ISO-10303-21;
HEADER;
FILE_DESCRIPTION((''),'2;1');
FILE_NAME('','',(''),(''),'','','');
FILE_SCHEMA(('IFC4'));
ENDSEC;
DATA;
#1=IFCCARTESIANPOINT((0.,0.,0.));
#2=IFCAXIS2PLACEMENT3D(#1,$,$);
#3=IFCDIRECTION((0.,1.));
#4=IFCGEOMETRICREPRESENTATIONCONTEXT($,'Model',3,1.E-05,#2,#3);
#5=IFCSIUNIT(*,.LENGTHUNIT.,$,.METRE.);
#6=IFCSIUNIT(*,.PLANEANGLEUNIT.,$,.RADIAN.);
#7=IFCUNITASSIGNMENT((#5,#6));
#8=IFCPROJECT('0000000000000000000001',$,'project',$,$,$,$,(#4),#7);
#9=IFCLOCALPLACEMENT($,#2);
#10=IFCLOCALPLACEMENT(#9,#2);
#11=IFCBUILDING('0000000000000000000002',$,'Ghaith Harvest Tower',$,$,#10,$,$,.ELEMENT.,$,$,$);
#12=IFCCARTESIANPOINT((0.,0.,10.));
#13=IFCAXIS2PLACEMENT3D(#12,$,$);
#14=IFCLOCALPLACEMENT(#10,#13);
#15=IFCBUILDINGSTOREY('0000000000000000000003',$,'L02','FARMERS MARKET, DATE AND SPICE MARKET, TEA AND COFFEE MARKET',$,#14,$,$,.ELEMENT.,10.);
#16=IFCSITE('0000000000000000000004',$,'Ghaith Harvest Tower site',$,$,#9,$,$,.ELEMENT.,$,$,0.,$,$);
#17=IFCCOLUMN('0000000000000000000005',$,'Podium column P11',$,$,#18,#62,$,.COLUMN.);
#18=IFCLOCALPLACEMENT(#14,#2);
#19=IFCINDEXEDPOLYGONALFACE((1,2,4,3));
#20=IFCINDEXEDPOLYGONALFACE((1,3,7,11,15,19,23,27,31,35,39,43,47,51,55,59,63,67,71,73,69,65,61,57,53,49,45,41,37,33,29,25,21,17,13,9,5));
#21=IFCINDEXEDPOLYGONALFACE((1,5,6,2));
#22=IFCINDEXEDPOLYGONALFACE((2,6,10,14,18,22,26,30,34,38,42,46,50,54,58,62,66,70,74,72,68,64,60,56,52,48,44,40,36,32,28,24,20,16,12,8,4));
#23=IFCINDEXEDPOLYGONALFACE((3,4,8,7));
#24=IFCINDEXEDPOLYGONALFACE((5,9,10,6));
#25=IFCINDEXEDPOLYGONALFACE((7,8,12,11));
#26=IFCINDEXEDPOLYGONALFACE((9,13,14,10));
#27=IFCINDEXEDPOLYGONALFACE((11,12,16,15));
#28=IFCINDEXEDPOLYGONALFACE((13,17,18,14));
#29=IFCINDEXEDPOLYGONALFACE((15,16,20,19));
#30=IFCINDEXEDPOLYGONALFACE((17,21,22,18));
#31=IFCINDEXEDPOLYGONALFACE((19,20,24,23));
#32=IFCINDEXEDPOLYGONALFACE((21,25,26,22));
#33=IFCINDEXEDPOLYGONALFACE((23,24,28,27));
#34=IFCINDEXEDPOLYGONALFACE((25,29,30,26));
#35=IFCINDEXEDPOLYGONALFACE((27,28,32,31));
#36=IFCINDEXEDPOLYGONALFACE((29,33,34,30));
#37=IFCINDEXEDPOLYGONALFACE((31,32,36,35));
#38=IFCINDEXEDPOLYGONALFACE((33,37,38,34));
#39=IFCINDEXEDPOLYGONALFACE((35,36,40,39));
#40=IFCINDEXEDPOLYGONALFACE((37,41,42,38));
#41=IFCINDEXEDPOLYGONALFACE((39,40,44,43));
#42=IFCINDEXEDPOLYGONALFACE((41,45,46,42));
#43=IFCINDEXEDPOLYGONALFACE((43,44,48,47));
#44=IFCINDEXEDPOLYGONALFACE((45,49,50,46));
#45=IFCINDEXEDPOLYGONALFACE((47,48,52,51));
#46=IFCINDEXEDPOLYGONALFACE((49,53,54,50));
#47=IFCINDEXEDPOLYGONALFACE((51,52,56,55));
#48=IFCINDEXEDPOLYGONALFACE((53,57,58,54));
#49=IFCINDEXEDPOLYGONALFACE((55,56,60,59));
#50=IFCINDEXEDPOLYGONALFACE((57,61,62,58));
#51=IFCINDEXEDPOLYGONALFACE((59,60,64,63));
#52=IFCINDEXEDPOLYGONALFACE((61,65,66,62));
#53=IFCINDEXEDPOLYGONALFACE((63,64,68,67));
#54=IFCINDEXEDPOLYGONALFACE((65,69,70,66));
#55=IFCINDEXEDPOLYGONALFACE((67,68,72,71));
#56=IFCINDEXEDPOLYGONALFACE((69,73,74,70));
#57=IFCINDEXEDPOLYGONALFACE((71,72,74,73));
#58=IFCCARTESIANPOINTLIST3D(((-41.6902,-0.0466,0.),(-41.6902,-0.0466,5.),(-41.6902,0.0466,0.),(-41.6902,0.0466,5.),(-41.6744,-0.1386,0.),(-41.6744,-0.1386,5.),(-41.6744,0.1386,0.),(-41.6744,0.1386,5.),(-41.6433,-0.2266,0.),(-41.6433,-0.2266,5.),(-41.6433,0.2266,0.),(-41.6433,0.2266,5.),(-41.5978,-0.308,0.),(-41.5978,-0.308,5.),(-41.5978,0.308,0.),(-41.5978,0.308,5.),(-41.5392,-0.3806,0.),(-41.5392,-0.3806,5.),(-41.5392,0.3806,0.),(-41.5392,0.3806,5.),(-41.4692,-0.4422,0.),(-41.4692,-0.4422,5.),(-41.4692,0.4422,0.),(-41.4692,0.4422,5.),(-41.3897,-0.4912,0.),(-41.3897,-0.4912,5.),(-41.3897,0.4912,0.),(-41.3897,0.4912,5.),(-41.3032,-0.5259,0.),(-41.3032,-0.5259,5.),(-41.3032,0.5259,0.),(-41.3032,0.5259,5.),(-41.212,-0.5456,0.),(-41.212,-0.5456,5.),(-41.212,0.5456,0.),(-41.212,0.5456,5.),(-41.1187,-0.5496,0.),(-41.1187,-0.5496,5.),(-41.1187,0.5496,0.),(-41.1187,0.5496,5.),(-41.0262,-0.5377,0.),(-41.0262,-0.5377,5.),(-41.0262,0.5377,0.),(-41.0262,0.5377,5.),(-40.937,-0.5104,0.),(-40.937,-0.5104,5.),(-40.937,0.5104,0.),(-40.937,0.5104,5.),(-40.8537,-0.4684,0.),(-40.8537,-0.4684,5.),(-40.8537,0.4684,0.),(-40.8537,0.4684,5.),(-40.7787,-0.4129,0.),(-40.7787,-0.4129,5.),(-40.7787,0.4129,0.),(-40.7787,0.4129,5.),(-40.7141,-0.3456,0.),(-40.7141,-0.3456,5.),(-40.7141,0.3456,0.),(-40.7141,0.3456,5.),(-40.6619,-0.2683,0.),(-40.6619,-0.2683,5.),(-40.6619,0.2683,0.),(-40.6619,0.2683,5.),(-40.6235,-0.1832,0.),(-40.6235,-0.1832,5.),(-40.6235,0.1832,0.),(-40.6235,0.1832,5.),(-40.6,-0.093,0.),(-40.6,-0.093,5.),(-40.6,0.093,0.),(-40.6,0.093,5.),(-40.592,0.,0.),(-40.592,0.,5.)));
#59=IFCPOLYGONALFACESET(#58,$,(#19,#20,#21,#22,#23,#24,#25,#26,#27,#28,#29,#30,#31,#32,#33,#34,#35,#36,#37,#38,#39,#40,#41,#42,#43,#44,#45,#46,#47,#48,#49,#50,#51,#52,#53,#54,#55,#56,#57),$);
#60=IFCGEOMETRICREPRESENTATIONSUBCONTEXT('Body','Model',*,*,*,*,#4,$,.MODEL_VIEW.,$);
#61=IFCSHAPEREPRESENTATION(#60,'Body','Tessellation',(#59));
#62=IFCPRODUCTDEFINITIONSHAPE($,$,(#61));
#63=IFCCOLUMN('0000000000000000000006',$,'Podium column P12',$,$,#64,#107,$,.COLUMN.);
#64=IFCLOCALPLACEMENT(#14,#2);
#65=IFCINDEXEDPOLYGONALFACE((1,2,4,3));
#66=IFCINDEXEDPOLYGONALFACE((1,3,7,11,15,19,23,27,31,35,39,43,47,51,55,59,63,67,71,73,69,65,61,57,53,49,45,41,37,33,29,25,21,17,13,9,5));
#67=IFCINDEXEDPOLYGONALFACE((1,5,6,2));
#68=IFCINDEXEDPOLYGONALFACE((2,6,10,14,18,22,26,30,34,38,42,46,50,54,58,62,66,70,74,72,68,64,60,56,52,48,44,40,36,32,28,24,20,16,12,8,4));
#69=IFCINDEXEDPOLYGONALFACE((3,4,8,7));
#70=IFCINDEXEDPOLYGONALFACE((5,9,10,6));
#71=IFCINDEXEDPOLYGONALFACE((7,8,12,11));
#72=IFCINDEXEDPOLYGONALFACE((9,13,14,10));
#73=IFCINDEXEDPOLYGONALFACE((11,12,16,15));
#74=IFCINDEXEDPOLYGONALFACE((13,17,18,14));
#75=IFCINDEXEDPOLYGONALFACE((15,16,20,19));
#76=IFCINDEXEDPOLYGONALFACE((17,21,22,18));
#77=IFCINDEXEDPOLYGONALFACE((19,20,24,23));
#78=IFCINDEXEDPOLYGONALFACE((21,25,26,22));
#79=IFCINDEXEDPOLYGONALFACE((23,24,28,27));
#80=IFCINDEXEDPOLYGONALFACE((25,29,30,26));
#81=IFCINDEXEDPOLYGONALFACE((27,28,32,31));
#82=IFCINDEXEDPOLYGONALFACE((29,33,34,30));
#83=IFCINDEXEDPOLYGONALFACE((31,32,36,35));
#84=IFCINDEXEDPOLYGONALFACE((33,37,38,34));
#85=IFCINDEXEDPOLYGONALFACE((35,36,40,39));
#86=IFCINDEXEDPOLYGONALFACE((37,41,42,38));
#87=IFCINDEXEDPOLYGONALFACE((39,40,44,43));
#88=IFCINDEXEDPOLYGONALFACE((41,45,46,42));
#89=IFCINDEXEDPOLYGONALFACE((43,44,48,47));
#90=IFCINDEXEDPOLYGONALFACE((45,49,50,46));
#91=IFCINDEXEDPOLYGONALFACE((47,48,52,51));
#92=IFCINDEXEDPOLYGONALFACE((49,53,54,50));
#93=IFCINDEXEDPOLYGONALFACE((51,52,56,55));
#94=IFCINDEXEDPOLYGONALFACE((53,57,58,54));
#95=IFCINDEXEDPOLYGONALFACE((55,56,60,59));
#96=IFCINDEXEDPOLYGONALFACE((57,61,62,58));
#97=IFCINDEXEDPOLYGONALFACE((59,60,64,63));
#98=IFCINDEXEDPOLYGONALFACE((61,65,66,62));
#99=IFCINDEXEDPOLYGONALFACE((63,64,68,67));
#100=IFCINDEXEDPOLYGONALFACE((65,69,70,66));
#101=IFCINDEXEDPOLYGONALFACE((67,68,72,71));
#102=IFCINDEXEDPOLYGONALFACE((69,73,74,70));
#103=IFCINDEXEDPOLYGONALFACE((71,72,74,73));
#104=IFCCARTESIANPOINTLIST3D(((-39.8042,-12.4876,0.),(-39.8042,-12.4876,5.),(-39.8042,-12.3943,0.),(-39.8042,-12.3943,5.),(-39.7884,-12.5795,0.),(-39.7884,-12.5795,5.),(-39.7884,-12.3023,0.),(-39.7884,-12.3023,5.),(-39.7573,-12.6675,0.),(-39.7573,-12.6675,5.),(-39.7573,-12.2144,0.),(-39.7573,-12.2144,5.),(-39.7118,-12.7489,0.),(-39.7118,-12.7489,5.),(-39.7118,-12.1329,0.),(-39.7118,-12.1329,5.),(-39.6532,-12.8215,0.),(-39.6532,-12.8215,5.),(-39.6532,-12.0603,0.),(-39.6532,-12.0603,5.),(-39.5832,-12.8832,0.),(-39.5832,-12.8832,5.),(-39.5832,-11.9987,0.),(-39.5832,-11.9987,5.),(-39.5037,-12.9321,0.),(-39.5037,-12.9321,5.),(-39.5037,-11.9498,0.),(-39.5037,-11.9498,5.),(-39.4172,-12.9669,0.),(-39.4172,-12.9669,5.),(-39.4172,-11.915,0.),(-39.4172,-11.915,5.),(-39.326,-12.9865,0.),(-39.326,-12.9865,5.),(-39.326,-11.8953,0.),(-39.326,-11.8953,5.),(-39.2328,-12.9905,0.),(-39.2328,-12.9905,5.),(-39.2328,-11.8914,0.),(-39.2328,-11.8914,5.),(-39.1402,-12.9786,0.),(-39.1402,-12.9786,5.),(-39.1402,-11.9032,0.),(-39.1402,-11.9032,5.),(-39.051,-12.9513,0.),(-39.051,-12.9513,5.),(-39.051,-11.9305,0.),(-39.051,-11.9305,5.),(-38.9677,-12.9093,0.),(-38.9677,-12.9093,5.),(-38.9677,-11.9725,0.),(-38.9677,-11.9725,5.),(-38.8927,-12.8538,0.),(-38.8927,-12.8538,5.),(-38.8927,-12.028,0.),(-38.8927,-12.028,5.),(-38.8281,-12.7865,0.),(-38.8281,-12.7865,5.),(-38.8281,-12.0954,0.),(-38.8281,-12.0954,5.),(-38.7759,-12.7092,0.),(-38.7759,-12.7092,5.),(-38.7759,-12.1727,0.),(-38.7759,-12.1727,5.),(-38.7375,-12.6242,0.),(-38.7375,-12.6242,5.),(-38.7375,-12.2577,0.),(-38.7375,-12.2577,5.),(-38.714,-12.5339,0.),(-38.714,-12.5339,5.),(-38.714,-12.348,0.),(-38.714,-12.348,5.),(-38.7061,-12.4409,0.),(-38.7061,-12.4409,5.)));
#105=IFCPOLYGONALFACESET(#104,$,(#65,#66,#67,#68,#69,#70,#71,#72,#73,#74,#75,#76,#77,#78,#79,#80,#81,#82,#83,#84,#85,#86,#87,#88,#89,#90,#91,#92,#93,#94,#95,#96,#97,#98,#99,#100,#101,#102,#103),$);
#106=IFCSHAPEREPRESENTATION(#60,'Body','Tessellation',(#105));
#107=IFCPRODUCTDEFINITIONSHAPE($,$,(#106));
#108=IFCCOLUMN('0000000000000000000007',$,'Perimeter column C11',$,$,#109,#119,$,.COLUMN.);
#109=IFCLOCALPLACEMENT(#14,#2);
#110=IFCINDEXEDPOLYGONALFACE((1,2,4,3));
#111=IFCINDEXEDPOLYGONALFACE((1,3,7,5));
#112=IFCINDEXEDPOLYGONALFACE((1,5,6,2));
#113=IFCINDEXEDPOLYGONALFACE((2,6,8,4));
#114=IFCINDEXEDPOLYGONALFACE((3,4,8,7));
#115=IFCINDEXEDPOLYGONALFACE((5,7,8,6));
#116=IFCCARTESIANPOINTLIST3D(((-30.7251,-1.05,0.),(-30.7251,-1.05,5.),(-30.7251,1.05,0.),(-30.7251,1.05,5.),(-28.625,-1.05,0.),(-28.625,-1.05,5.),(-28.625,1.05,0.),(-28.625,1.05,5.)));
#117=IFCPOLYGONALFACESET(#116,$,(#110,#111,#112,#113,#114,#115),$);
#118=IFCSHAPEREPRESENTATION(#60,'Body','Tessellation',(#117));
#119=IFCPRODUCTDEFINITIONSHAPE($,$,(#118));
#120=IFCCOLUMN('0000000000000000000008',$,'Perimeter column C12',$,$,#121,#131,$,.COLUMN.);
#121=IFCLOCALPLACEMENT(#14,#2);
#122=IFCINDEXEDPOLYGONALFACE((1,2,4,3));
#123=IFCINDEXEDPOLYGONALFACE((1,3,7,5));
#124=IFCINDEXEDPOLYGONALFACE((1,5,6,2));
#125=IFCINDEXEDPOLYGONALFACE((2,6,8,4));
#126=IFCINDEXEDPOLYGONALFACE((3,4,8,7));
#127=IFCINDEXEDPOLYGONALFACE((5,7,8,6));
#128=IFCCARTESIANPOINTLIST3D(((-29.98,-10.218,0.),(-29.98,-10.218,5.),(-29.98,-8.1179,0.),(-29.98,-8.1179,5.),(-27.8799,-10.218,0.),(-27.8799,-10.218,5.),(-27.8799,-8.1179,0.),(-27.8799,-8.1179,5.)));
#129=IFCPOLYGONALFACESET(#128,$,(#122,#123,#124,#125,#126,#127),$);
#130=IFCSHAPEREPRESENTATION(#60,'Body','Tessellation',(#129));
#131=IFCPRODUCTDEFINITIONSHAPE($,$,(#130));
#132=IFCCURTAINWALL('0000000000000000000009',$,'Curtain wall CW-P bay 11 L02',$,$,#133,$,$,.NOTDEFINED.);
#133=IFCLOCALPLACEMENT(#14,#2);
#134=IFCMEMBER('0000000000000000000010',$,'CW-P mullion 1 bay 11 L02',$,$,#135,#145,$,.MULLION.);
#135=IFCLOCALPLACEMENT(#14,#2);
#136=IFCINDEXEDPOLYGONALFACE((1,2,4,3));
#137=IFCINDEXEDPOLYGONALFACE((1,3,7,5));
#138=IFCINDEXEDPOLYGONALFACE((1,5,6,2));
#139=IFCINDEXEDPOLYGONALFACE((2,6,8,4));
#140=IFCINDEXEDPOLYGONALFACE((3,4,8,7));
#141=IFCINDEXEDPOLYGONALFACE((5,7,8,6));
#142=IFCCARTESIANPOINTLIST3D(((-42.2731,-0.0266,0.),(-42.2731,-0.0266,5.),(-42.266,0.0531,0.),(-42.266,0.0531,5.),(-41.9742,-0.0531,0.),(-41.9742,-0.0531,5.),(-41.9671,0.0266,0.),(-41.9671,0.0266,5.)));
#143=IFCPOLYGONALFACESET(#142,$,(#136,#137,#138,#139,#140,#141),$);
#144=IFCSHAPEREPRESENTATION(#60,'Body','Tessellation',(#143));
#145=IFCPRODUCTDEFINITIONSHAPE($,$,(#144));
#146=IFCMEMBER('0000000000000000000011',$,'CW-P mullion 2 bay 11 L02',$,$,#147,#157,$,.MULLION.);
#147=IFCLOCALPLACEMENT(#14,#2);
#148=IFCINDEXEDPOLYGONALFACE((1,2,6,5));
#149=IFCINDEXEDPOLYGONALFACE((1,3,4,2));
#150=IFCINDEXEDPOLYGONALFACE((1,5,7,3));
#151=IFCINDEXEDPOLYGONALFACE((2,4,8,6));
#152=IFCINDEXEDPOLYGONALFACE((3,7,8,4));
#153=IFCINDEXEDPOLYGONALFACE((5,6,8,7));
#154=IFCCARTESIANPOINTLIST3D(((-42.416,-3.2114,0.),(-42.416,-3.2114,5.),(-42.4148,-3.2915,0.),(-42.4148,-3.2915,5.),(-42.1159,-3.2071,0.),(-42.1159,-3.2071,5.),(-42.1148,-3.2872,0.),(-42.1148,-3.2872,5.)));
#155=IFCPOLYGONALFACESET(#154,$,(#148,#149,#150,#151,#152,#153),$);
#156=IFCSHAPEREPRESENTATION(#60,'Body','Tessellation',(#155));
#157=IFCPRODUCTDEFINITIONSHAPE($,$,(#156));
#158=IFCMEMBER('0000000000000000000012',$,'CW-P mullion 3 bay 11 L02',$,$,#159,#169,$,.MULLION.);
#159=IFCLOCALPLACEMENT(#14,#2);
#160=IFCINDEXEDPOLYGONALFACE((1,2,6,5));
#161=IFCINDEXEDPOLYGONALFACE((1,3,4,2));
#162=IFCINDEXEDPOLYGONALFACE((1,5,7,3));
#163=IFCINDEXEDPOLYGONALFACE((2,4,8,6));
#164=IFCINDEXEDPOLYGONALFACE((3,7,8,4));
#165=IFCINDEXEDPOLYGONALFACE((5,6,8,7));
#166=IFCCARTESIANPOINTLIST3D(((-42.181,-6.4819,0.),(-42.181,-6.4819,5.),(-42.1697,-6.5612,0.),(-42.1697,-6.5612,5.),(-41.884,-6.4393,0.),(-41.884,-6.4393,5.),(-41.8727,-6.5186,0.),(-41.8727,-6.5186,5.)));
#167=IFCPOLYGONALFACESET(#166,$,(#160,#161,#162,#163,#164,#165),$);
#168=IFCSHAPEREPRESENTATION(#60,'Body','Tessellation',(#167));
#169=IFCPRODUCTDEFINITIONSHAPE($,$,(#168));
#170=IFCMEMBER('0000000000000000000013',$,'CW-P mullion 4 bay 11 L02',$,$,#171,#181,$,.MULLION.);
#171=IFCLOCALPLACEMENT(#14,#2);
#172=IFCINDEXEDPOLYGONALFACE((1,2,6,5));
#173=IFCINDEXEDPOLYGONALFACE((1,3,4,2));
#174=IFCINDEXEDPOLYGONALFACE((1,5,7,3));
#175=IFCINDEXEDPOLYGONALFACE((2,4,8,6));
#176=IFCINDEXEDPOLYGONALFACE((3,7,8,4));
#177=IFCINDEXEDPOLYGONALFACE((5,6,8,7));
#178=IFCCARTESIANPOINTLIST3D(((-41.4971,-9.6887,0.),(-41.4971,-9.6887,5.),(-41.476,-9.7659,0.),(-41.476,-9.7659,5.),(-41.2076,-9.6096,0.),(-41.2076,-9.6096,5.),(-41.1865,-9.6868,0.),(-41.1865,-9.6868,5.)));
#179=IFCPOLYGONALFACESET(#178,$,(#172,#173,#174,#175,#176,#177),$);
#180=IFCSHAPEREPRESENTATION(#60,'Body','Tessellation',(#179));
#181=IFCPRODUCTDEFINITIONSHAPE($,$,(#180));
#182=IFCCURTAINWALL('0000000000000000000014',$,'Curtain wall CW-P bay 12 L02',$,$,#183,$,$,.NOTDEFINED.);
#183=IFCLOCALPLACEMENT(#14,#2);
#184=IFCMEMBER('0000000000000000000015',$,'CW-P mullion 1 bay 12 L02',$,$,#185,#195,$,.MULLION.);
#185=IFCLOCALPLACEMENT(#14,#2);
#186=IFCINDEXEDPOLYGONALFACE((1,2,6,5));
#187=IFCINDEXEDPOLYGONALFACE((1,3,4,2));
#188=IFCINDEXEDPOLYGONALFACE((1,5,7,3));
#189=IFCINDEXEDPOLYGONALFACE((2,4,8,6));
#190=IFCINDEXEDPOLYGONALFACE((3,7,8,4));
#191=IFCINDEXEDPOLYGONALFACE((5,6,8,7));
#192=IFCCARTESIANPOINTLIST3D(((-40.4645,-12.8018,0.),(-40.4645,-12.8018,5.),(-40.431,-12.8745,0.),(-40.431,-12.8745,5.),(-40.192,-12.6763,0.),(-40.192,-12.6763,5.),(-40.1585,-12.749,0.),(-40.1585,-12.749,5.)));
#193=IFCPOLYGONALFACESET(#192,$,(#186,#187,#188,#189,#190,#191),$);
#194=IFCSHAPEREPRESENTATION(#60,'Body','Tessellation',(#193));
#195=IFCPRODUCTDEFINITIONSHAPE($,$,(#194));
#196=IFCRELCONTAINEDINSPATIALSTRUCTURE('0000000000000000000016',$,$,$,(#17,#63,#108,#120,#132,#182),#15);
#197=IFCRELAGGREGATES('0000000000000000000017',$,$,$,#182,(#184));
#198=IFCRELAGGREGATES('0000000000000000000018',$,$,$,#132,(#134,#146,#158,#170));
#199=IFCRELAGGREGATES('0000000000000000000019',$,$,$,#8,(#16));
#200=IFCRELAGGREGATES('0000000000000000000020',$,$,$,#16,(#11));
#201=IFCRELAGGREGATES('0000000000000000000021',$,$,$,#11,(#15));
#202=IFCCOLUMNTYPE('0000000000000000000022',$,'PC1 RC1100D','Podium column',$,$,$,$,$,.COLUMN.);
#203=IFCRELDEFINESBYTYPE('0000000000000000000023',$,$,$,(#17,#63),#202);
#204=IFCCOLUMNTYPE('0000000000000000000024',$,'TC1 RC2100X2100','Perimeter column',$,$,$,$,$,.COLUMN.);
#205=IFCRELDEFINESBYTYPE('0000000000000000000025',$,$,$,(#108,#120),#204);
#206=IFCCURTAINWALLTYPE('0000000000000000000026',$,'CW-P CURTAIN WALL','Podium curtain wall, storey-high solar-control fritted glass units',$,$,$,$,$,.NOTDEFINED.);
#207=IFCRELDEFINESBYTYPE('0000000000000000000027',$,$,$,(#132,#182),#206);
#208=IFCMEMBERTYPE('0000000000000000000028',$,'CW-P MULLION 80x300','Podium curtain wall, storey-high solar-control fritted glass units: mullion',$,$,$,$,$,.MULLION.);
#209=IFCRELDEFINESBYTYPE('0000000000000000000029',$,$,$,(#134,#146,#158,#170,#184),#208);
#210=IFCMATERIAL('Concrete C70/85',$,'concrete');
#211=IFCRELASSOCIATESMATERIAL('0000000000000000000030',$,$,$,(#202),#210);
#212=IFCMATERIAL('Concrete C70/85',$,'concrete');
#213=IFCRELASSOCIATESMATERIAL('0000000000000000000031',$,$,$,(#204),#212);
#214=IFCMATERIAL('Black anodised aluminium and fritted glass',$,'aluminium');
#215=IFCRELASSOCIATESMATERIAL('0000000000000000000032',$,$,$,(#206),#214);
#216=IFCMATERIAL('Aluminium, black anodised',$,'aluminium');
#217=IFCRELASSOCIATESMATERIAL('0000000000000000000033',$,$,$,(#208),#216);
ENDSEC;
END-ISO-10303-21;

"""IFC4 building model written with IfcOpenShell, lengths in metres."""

from ifc_helpers import new_model, si_unit, direction, frame, origin, origin_2d, place, context, subcontext, project, spatial, rectangle, circle, extrude, material, material_profile, profile_set, type_object, element, aggregate, save


model = new_model("IFC4")

# Units and contexts
model_context = context("Model", 3, precision=1e-05, world=origin(), true_north=direction((0.0, 1.0)))
body_context = subcontext(model_context, "Body", "Model", "MODEL_VIEW")
ifc_project = project(units=[si_unit("LENGTHUNIT", "METRE"), si_unit("PLANEANGLEUNIT", "RADIAN")], contexts=[model_context])

# Site, building, storey
site_placement = place(None, origin())
site = spatial("IfcSite", under=ifc_project, at=site_placement, Name="Ghaith Harvest Tower site", CompositionType="ELEMENT", RefElevation=0.0)
building_placement = place(site_placement, origin())
building = spatial("IfcBuilding", under=site, at=building_placement, Name="Ghaith Harvest Tower", CompositionType="ELEMENT")
storey_placement = place(building_placement, frame((0.0, 0.0, 10.0)))
storey = spatial("IfcBuildingStorey", under=building, at=storey_placement, Name="L02", Description="FARMERS MARKET, DATE AND SPICE MARKET, TEA AND COFFEE MARKET", CompositionType="ELEMENT", Elevation=10.0)

# Columns
ifc_material_1 = material(Name="Concrete C70/85", Category="concrete")
ifc_material_profile_1 = material_profile(ifc_material_1, circle(Radius=0.55, at=origin_2d()), Name="RC1100D")
ifc_profile_set_1 = profile_set([ifc_material_profile_1], Name="Concrete C70/85")
column_type_1 = type_object("IfcColumnType", Name="PC1 RC1100D", Description="Podium column", PredefinedType="COLUMN", material=ifc_profile_set_1)
for number, where, z_axis, x_axis, name in (
    (1, (-41.1421, 0.0, 0.0), (0.0, 0.0, 1.0), (1.0, 0.0, 0.0), "Podium column P11"),
    (2, (-39.2561, -12.4409, 0.0), (0.0, 0.0, 1.0), (1.0, 0.0, 0.0), "Podium column P12"),
):
    element("IfcColumn", number, at=place(storey_placement, frame(where, z_axis=z_axis, x_axis=x_axis)), inside=storey, type_object=column_type_1, Name=name, PredefinedType="COLUMN", context=body_context, shape_type="SweptSolid", body=[
        extrude(circle(Radius=0.55, at=origin_2d()), origin(), (0.0, 0.0, 1.0), 5.0),
    ])
ifc_material_2 = material(Name="Concrete C70/85", Category="concrete")
ifc_material_profile_2 = material_profile(ifc_material_2, rectangle(XDim=2.1001, YDim=2.1001, at=origin_2d()), Name="RC2100X2100")
ifc_profile_set_2 = profile_set([ifc_material_profile_2], Name="Concrete C70/85")
column_type_2 = type_object("IfcColumnType", Name="TC1 RC2100X2100", Description="Perimeter column", PredefinedType="COLUMN", material=ifc_profile_set_2)
for number, where, z_axis, x_axis, name in (
    (3, (-29.675, 0.0, 0.0), (0.0, 0.0, 1.0), (1.0, 0.0, 0.0), "Perimeter column C11"),
    (4, (-28.9299, -9.168, 0.0), (0.0, 0.0, 1.0), (1.0, 0.0, 0.0), "Perimeter column C12"),
):
    element("IfcColumn", number, at=place(storey_placement, frame(where, z_axis=z_axis, x_axis=x_axis)), inside=storey, type_object=column_type_2, Name=name, PredefinedType="COLUMN", context=body_context, shape_type="SweptSolid", body=[
        extrude(rectangle(XDim=2.1001, YDim=2.1001, at=origin_2d()), origin(), (0.0, 0.0, 1.0), 5.0),
    ])

# Curtain wall, members
ifc_material_3 = material(Name="Black anodised aluminium and fritted glass", Category="aluminium")
curtain_wall_type = type_object("IfcCurtainWallType", Name="CW-P CURTAIN WALL", Description="Podium curtain wall, storey-high solar-control fritted glass units", PredefinedType="NOTDEFINED", material=ifc_material_3)
curtain_wall_1_placement = place(storey_placement, origin())
curtain_wall_1 = element("IfcCurtainWall", 5, at=curtain_wall_1_placement, inside=storey, type_object=curtain_wall_type, Name="Curtain wall CW-P bay 11 L02", PredefinedType="NOTDEFINED")
ifc_material_4 = material(Name="Aluminium, black anodised", Category="aluminium")
ifc_material_profile_3 = material_profile(ifc_material_4, rectangle(XDim=0.0801, YDim=0.3, at=origin_2d()), Name="CW-P MULLION 80x300")
ifc_profile_set_3 = profile_set([ifc_material_profile_3], Name="Aluminium, black anodised")
member_type_1 = type_object("IfcMemberType", Name="CW-P MULLION 80x300", Description="Podium curtain wall, storey-high solar-control fritted glass units: mullion", PredefinedType="MULLION", material=ifc_profile_set_3)
member_1_placement = place(storey_placement, frame((-42.1201, 0.0, 0.0), z_axis=(0.0, 0.0, 1.0), x_axis=(-0.088431, -0.996082, 0.0)))
member_1 = element("IfcMember", 6, at=member_1_placement, type_object=member_type_1, Name="CW-P mullion 1 bay 11 L02", PredefinedType="MULLION", context=body_context, shape_type="SweptSolid", body=[
    extrude(rectangle(XDim=0.0801, YDim=0.3, at=origin_2d()), origin(), (0.0, 0.0, 1.0), 5.0),
])
member_2_placement = place(storey_placement, frame((-42.2654, -3.2493, 0.0), z_axis=(0.0, 0.0, 1.0), x_axis=(0.014347, -0.999897, 0.0)))
member_2 = element("IfcMember", 7, at=member_2_placement, type_object=member_type_1, Name="CW-P mullion 2 bay 11 L02", PredefinedType="MULLION", context=body_context, shape_type="SweptSolid", body=[
    extrude(rectangle(XDim=0.0801, YDim=0.3, at=origin_2d()), origin(), (0.0, 0.0, 1.0), 5.0),
])
member_3_placement = place(storey_placement, frame((-42.0269, -6.5002, 0.0), z_axis=(0.0, 0.0, 1.0), x_axis=(0.141968, -0.989871, 0.0)))
member_3 = element("IfcMember", 8, at=member_3_placement, type_object=member_type_1, Name="CW-P mullion 3 bay 11 L02", PredefinedType="MULLION", context=body_context, shape_type="SweptSolid", body=[
    extrude(rectangle(XDim=0.0801, YDim=0.3, at=origin_2d()), origin(), (0.0, 0.0, 1.0), 5.0),
])
member_4_placement = place(storey_placement, frame((-41.3418, -9.6877, 0.0), z_axis=(0.0, 0.0, 1.0), x_axis=(0.263667, -0.964614, 0.0)))
member_4 = element("IfcMember", 9, at=member_4_placement, type_object=member_type_1, Name="CW-P mullion 4 bay 11 L02", PredefinedType="MULLION", context=body_context, shape_type="SweptSolid", body=[
    extrude(rectangle(XDim=0.0801, YDim=0.3, at=origin_2d()), origin(), (0.0, 0.0, 1.0), 5.0),
])

# Curtain wall, member
curtain_wall_2_placement = place(storey_placement, origin())
curtain_wall_2 = element("IfcCurtainWall", 10, at=curtain_wall_2_placement, inside=storey, type_object=curtain_wall_type, Name="Curtain wall CW-P bay 12 L02", PredefinedType="NOTDEFINED")
member_5_placement = place(storey_placement, frame((-40.3115, -12.7754, 0.0), z_axis=(0.0, 0.0, 1.0), x_axis=(0.418322, -0.908299, 0.0)))
member_5 = element("IfcMember", 11, at=member_5_placement, type_object=member_type_1, Name="CW-P mullion 1 bay 12 L02", PredefinedType="MULLION", context=body_context, shape_type="SweptSolid", body=[
    extrude(rectangle(XDim=0.0801, YDim=0.3, at=origin_2d()), origin(), (0.0, 0.0, 1.0), 5.0),
])

aggregate(curtain_wall_2, [member_5])

aggregate(curtain_wall_1, [member_1, member_2, member_3, member_4])

save(model, "model.ifc")
